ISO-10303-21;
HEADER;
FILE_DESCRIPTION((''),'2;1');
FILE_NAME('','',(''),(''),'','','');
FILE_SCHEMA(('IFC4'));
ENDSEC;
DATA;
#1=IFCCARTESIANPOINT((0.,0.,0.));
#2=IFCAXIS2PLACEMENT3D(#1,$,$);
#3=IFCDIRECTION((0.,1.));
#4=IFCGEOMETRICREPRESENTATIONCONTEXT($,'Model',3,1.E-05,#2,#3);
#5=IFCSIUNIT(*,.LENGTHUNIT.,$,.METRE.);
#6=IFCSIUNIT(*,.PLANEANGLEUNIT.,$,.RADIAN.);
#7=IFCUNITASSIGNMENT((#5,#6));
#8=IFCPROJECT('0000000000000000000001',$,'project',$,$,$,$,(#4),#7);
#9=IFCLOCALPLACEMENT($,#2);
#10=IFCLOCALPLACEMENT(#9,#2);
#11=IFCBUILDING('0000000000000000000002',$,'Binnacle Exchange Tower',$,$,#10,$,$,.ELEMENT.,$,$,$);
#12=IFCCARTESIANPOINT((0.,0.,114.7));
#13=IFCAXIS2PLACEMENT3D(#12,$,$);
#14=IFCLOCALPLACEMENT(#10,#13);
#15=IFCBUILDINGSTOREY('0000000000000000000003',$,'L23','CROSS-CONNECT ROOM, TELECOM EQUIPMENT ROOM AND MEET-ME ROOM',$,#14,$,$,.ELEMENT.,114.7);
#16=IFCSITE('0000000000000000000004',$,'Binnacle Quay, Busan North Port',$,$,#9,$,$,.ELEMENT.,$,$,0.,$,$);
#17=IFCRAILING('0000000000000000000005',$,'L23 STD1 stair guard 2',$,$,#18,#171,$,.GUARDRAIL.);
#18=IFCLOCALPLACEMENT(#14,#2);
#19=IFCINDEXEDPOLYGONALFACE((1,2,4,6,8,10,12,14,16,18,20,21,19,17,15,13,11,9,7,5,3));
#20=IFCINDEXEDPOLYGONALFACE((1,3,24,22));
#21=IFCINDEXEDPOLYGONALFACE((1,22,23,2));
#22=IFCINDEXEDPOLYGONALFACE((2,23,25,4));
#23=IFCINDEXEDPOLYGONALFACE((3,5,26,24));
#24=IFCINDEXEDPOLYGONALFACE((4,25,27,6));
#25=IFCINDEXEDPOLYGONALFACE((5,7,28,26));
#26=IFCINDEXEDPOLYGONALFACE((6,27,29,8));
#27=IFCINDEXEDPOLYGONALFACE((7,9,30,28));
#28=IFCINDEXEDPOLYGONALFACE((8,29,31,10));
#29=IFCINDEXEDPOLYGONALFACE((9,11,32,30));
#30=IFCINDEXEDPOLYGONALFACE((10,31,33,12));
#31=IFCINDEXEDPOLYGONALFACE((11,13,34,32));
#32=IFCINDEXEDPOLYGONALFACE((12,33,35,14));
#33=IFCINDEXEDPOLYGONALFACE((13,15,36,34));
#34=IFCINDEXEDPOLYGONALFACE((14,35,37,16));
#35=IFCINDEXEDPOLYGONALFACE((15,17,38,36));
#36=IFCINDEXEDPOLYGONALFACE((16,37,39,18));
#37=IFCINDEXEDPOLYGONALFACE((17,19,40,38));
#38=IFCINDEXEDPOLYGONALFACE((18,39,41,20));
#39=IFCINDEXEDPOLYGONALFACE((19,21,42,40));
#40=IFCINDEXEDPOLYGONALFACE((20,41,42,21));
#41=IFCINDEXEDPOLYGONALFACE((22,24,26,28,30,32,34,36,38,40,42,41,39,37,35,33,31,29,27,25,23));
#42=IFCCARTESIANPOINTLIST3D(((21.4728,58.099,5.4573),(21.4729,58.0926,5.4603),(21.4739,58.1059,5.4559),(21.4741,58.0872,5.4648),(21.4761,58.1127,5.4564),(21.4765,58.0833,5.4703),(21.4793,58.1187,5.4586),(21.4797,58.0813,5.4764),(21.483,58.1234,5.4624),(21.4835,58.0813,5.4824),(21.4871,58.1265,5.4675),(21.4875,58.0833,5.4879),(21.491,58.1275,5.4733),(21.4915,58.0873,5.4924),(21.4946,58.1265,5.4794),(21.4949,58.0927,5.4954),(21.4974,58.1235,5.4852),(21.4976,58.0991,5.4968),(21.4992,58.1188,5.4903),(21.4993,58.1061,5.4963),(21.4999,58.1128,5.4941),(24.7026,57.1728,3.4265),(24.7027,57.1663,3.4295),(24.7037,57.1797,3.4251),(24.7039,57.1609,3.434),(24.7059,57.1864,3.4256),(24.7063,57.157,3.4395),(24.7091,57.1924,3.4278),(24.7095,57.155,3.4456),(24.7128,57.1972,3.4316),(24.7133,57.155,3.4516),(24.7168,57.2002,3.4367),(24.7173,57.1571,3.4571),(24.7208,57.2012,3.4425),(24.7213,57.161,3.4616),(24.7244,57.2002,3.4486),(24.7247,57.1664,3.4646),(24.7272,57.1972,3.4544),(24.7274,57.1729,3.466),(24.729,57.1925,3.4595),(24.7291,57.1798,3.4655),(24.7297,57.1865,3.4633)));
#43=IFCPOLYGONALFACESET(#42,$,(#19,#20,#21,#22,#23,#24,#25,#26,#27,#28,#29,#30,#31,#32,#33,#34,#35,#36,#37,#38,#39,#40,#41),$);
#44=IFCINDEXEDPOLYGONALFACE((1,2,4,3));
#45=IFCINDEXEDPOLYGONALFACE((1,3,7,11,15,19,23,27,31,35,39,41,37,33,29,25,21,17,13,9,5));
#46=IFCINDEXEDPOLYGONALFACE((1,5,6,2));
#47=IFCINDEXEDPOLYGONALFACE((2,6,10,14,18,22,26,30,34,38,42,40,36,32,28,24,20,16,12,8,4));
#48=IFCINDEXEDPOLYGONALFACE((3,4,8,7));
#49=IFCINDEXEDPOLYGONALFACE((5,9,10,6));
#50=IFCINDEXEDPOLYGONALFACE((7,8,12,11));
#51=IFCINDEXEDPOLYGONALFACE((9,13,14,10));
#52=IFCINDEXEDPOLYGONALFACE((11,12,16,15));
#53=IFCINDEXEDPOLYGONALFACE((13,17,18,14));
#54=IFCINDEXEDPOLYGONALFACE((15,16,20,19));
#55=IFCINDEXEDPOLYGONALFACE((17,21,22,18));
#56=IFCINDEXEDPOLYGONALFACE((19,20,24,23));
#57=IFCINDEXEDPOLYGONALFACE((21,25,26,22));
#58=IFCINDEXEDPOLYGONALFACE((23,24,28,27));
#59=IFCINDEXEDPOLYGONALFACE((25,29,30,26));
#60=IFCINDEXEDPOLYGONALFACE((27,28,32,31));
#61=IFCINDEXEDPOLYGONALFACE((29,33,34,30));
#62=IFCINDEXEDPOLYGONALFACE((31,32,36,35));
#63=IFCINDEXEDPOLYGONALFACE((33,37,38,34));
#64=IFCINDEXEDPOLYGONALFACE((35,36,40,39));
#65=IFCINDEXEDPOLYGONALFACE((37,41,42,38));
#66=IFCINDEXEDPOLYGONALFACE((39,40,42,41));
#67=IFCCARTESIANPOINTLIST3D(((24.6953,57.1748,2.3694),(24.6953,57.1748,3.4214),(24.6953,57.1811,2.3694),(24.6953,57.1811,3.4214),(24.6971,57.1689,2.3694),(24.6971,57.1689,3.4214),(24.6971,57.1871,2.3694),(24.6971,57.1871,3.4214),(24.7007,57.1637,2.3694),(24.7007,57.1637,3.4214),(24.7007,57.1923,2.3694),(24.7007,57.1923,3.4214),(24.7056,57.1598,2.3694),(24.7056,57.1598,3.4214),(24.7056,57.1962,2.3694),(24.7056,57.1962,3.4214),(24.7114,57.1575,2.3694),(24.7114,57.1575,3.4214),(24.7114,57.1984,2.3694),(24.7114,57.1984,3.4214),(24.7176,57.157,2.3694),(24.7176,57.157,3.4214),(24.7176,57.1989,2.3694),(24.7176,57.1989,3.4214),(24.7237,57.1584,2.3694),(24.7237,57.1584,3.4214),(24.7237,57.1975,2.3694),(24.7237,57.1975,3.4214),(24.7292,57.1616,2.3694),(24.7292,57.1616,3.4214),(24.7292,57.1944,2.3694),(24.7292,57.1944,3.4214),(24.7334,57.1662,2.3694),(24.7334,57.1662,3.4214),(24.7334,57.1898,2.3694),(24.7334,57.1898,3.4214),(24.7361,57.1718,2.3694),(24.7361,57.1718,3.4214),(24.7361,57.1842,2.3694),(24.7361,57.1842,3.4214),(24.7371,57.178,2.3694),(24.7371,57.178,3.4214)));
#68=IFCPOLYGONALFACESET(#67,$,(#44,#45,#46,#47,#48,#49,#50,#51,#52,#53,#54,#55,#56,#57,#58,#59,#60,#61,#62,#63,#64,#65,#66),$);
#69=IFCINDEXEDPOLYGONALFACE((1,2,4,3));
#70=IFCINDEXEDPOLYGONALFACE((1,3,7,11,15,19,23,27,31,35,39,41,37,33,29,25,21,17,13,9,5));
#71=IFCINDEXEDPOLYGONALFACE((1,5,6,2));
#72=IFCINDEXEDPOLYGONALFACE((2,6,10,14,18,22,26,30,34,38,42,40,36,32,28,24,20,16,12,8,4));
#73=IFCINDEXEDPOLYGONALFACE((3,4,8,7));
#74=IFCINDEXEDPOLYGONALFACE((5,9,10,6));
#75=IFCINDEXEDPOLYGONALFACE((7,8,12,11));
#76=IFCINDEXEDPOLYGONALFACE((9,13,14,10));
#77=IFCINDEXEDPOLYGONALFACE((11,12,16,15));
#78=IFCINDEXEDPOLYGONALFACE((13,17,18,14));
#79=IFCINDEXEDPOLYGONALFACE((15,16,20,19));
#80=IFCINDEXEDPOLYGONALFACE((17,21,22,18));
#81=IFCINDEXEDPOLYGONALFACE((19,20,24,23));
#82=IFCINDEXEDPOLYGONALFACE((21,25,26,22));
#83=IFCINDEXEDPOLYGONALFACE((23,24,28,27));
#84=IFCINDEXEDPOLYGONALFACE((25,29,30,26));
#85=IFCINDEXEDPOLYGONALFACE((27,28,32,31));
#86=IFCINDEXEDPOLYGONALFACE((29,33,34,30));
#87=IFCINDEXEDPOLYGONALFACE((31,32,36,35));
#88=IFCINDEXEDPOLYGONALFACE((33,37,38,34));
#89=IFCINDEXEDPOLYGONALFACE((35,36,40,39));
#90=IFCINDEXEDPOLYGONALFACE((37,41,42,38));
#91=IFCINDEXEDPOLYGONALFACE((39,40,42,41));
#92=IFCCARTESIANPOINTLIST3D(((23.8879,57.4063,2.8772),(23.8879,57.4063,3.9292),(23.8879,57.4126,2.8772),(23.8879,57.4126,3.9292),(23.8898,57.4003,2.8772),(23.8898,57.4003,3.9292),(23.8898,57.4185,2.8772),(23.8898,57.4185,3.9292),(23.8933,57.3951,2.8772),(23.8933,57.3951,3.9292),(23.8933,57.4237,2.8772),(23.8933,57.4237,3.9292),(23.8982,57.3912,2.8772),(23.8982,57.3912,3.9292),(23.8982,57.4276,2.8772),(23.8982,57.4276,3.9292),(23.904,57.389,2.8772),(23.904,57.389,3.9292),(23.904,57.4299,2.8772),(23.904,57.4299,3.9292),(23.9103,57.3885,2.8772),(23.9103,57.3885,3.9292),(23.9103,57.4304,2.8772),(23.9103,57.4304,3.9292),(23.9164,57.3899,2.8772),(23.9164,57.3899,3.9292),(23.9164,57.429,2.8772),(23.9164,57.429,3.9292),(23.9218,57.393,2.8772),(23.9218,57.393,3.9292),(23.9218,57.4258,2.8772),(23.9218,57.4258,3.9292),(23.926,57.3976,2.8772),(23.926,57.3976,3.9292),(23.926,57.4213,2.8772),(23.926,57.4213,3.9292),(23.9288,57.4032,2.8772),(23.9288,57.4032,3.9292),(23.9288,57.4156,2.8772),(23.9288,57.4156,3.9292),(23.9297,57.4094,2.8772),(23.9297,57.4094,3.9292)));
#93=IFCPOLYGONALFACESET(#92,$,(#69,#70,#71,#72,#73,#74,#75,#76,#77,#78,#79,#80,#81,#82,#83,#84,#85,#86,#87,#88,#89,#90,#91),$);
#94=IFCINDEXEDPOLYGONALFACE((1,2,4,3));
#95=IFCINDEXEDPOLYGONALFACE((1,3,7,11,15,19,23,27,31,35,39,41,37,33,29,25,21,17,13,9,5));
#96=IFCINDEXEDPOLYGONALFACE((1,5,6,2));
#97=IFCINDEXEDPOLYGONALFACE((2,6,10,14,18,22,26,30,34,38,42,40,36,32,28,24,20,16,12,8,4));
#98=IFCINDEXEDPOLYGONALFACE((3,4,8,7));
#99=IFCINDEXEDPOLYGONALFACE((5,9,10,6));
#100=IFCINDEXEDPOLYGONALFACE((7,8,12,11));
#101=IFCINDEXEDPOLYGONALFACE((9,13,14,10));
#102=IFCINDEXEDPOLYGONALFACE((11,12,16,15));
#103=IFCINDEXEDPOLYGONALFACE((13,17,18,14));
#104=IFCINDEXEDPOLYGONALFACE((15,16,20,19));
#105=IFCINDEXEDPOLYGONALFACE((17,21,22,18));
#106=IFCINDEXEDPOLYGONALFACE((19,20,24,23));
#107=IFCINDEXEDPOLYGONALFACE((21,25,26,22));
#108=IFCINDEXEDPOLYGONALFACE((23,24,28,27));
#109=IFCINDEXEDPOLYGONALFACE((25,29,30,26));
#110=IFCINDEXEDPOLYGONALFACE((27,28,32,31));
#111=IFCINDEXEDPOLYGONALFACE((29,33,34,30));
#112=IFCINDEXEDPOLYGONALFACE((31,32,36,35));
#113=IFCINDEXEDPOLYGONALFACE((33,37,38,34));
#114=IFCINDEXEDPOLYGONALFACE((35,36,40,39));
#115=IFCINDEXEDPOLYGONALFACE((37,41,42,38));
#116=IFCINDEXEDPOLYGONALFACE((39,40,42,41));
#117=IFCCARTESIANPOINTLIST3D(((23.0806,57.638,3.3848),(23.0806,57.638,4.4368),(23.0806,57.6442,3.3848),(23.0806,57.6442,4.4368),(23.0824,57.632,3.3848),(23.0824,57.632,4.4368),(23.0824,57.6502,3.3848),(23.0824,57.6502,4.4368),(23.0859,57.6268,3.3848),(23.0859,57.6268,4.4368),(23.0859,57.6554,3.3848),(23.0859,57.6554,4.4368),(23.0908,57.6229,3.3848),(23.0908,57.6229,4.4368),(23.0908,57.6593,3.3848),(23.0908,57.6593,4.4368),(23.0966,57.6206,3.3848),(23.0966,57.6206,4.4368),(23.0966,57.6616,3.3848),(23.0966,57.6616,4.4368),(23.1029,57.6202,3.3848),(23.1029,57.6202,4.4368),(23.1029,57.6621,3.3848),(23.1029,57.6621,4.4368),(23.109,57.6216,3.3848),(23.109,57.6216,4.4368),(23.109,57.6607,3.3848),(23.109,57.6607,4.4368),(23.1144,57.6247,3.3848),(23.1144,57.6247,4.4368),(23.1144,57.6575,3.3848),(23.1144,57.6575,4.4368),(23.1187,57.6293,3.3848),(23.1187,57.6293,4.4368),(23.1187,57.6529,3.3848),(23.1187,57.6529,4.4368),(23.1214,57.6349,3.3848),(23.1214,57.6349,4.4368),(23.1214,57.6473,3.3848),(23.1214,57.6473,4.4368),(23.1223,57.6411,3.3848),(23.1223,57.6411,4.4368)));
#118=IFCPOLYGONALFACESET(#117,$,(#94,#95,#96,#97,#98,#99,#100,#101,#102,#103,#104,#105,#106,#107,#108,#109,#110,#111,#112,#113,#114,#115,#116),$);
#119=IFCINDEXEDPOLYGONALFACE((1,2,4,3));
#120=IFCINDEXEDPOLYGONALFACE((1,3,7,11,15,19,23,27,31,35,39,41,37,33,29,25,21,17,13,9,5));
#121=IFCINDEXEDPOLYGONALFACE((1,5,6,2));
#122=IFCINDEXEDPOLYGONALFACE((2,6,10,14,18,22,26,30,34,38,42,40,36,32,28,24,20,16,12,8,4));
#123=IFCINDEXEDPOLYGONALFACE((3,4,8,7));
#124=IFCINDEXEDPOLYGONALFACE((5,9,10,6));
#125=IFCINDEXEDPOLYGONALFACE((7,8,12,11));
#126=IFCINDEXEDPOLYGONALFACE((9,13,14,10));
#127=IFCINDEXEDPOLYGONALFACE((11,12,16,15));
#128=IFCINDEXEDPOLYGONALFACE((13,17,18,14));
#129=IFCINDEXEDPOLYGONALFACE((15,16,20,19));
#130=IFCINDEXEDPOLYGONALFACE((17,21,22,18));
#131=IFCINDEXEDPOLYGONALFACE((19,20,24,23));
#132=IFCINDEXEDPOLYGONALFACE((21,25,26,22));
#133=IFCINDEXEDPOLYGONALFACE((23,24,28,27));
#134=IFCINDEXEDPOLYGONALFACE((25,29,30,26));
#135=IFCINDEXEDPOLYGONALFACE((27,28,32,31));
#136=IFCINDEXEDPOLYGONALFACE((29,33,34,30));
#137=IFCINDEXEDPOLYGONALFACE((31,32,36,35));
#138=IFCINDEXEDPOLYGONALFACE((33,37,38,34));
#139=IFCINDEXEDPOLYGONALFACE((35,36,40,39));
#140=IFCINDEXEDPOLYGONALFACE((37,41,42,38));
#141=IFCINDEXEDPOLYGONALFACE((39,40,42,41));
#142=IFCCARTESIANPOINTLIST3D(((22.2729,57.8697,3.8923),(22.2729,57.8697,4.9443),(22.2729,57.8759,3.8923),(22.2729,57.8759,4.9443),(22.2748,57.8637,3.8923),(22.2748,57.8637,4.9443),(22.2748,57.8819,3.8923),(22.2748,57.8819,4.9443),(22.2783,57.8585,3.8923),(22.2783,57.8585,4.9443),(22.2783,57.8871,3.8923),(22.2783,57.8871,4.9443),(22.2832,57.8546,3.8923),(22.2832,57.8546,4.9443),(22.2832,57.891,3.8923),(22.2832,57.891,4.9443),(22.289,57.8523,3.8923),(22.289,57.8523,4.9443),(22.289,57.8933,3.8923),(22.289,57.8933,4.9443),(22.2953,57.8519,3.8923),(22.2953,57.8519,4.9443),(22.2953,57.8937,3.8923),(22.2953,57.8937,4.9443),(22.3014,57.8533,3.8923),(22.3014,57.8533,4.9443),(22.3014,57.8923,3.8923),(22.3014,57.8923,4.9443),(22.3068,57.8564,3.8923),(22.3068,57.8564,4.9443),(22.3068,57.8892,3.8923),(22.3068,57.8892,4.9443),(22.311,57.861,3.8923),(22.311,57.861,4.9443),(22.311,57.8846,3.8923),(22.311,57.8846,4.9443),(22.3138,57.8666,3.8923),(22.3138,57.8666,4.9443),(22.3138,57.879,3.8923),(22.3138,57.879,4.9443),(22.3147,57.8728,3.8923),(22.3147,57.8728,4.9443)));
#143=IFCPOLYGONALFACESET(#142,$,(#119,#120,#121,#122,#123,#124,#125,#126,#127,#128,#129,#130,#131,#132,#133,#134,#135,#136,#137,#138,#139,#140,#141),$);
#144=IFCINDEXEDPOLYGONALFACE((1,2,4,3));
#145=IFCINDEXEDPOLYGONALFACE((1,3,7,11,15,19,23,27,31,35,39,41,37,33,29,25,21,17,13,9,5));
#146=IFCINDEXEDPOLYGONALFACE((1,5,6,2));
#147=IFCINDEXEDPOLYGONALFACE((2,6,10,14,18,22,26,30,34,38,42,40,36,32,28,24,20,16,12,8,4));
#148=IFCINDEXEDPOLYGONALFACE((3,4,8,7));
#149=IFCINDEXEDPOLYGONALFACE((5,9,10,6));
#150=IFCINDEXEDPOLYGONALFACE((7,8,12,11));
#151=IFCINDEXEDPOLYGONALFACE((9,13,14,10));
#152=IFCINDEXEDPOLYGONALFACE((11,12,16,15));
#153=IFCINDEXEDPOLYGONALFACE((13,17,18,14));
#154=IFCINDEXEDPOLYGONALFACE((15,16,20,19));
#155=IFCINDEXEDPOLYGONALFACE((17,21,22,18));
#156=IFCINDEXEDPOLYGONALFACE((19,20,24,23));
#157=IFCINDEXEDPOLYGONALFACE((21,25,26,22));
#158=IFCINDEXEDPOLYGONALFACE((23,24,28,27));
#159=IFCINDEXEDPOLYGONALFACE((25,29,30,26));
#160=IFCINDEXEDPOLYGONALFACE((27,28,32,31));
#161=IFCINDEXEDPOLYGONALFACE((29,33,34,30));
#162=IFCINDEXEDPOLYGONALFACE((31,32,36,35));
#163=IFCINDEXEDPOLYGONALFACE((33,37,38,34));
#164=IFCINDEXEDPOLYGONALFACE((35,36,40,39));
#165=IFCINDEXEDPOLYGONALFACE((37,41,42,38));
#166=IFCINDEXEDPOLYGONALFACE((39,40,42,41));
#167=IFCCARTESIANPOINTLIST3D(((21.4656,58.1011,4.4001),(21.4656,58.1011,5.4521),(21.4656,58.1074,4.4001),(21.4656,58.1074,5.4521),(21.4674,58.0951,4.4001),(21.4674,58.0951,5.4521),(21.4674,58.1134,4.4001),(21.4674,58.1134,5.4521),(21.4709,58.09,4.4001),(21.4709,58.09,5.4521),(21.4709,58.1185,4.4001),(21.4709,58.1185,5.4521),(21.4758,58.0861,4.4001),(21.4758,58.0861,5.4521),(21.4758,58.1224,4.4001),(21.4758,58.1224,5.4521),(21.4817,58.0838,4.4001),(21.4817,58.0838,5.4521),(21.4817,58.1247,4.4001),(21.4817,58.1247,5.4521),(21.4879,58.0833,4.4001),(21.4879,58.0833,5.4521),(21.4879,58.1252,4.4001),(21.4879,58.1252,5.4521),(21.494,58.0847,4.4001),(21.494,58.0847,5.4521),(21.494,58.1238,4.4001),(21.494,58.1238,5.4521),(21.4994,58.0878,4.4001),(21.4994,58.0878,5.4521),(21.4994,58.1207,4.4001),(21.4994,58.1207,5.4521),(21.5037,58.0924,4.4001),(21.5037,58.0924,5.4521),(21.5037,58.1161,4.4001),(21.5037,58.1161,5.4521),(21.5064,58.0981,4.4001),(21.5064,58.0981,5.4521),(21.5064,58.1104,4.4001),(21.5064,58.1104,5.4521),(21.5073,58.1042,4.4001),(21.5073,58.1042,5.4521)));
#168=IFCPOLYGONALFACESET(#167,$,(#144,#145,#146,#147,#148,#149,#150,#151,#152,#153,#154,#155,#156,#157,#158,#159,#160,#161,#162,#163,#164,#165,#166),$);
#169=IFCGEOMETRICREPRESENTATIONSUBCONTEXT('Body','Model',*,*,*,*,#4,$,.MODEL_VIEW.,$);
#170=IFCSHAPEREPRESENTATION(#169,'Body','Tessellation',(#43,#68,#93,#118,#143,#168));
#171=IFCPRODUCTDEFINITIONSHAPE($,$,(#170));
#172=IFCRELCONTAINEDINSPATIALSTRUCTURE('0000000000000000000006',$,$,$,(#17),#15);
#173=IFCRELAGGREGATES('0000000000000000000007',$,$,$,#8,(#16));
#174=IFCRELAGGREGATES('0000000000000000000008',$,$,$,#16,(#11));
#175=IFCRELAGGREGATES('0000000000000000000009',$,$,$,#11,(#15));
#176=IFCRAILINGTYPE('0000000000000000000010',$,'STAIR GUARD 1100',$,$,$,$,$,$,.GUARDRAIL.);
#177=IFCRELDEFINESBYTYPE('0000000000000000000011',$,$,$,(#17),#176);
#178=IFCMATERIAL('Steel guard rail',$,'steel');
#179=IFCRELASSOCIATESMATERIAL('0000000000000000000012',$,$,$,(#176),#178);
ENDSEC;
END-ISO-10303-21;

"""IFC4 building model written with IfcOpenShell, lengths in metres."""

from ifc_helpers import new_model, si_unit, direction, frame, origin, origin_2d, place, context, subcontext, project, spatial, circle, extrude, material, type_object, element, save


model = new_model("IFC4")

# Units and contexts
model_context = context("Model", 3, precision=1e-05, world=origin(), true_north=direction((0.0, 1.0)))
body_context = subcontext(model_context, "Body", "Model", "MODEL_VIEW")
ifc_project = project(units=[si_unit("LENGTHUNIT", "METRE"), si_unit("PLANEANGLEUNIT", "RADIAN")], contexts=[model_context])

# Site, building, storey
site_placement = place(None, origin())
site = spatial("IfcSite", under=ifc_project, at=site_placement, Name="Binnacle Quay, Busan North Port", CompositionType="ELEMENT", RefElevation=0.0)
building_placement = place(site_placement, origin())
building = spatial("IfcBuilding", under=site, at=building_placement, Name="Binnacle Exchange Tower", CompositionType="ELEMENT")
storey_placement = place(building_placement, frame((0.0, 0.0, 114.7)))
storey = spatial("IfcBuildingStorey", under=building, at=storey_placement, Name="L23", Description="CROSS-CONNECT ROOM, TELECOM EQUIPMENT ROOM AND MEET-ME ROOM", CompositionType="ELEMENT", Elevation=114.7)

# Railing
ifc_material_1 = material(Name="Steel guard rail", Category="steel")
railing_type_1 = type_object("IfcRailingType", Name="STAIR GUARD 1100", PredefinedType="GUARDRAIL", material=ifc_material_1)
railing_1_placement = place(storey_placement, frame((24.7161, 57.178, 2.3694)))
element("IfcRailing", 1, at=railing_1_placement, inside=storey, type_object=railing_type_1, Name="L23 STD1 stair guard 2", PredefinedType="GUARDRAIL", context=body_context, shape_type="SweptSolid", body=[
    extrude(circle(Radius=0.0239, at=origin_2d()), frame((0.0, 0.0, 1.0762), z_axis=(-0.822661, 0.235935, 0.517265), x_axis=(-0.275681, -0.961249, 0.0)), (0.0, 0.0, 1.0), 3.926),
    extrude(circle(Radius=0.021, at=origin_2d()), origin(), (0.0, 0.0, 1.0), 1.052),
    extrude(circle(Radius=0.021, at=origin_2d()), frame((-0.8074, 0.2314, 0.5078)), (0.0, 0.0, 1.0), 1.052),
    extrude(circle(Radius=0.021, at=origin_2d()), frame((-1.6147, 0.4631, 1.0154)), (0.0, 0.0, 1.0), 1.052),
    extrude(circle(Radius=0.021, at=origin_2d()), frame((-2.4224, 0.6948, 1.5229)), (0.0, 0.0, 1.0), 1.052),
    extrude(circle(Radius=0.021, at=origin_2d()), frame((-3.2297, 0.9263, 2.0308)), (0.0, 0.0, 1.0), 1.052),
])

save(model, "model.ifc")
